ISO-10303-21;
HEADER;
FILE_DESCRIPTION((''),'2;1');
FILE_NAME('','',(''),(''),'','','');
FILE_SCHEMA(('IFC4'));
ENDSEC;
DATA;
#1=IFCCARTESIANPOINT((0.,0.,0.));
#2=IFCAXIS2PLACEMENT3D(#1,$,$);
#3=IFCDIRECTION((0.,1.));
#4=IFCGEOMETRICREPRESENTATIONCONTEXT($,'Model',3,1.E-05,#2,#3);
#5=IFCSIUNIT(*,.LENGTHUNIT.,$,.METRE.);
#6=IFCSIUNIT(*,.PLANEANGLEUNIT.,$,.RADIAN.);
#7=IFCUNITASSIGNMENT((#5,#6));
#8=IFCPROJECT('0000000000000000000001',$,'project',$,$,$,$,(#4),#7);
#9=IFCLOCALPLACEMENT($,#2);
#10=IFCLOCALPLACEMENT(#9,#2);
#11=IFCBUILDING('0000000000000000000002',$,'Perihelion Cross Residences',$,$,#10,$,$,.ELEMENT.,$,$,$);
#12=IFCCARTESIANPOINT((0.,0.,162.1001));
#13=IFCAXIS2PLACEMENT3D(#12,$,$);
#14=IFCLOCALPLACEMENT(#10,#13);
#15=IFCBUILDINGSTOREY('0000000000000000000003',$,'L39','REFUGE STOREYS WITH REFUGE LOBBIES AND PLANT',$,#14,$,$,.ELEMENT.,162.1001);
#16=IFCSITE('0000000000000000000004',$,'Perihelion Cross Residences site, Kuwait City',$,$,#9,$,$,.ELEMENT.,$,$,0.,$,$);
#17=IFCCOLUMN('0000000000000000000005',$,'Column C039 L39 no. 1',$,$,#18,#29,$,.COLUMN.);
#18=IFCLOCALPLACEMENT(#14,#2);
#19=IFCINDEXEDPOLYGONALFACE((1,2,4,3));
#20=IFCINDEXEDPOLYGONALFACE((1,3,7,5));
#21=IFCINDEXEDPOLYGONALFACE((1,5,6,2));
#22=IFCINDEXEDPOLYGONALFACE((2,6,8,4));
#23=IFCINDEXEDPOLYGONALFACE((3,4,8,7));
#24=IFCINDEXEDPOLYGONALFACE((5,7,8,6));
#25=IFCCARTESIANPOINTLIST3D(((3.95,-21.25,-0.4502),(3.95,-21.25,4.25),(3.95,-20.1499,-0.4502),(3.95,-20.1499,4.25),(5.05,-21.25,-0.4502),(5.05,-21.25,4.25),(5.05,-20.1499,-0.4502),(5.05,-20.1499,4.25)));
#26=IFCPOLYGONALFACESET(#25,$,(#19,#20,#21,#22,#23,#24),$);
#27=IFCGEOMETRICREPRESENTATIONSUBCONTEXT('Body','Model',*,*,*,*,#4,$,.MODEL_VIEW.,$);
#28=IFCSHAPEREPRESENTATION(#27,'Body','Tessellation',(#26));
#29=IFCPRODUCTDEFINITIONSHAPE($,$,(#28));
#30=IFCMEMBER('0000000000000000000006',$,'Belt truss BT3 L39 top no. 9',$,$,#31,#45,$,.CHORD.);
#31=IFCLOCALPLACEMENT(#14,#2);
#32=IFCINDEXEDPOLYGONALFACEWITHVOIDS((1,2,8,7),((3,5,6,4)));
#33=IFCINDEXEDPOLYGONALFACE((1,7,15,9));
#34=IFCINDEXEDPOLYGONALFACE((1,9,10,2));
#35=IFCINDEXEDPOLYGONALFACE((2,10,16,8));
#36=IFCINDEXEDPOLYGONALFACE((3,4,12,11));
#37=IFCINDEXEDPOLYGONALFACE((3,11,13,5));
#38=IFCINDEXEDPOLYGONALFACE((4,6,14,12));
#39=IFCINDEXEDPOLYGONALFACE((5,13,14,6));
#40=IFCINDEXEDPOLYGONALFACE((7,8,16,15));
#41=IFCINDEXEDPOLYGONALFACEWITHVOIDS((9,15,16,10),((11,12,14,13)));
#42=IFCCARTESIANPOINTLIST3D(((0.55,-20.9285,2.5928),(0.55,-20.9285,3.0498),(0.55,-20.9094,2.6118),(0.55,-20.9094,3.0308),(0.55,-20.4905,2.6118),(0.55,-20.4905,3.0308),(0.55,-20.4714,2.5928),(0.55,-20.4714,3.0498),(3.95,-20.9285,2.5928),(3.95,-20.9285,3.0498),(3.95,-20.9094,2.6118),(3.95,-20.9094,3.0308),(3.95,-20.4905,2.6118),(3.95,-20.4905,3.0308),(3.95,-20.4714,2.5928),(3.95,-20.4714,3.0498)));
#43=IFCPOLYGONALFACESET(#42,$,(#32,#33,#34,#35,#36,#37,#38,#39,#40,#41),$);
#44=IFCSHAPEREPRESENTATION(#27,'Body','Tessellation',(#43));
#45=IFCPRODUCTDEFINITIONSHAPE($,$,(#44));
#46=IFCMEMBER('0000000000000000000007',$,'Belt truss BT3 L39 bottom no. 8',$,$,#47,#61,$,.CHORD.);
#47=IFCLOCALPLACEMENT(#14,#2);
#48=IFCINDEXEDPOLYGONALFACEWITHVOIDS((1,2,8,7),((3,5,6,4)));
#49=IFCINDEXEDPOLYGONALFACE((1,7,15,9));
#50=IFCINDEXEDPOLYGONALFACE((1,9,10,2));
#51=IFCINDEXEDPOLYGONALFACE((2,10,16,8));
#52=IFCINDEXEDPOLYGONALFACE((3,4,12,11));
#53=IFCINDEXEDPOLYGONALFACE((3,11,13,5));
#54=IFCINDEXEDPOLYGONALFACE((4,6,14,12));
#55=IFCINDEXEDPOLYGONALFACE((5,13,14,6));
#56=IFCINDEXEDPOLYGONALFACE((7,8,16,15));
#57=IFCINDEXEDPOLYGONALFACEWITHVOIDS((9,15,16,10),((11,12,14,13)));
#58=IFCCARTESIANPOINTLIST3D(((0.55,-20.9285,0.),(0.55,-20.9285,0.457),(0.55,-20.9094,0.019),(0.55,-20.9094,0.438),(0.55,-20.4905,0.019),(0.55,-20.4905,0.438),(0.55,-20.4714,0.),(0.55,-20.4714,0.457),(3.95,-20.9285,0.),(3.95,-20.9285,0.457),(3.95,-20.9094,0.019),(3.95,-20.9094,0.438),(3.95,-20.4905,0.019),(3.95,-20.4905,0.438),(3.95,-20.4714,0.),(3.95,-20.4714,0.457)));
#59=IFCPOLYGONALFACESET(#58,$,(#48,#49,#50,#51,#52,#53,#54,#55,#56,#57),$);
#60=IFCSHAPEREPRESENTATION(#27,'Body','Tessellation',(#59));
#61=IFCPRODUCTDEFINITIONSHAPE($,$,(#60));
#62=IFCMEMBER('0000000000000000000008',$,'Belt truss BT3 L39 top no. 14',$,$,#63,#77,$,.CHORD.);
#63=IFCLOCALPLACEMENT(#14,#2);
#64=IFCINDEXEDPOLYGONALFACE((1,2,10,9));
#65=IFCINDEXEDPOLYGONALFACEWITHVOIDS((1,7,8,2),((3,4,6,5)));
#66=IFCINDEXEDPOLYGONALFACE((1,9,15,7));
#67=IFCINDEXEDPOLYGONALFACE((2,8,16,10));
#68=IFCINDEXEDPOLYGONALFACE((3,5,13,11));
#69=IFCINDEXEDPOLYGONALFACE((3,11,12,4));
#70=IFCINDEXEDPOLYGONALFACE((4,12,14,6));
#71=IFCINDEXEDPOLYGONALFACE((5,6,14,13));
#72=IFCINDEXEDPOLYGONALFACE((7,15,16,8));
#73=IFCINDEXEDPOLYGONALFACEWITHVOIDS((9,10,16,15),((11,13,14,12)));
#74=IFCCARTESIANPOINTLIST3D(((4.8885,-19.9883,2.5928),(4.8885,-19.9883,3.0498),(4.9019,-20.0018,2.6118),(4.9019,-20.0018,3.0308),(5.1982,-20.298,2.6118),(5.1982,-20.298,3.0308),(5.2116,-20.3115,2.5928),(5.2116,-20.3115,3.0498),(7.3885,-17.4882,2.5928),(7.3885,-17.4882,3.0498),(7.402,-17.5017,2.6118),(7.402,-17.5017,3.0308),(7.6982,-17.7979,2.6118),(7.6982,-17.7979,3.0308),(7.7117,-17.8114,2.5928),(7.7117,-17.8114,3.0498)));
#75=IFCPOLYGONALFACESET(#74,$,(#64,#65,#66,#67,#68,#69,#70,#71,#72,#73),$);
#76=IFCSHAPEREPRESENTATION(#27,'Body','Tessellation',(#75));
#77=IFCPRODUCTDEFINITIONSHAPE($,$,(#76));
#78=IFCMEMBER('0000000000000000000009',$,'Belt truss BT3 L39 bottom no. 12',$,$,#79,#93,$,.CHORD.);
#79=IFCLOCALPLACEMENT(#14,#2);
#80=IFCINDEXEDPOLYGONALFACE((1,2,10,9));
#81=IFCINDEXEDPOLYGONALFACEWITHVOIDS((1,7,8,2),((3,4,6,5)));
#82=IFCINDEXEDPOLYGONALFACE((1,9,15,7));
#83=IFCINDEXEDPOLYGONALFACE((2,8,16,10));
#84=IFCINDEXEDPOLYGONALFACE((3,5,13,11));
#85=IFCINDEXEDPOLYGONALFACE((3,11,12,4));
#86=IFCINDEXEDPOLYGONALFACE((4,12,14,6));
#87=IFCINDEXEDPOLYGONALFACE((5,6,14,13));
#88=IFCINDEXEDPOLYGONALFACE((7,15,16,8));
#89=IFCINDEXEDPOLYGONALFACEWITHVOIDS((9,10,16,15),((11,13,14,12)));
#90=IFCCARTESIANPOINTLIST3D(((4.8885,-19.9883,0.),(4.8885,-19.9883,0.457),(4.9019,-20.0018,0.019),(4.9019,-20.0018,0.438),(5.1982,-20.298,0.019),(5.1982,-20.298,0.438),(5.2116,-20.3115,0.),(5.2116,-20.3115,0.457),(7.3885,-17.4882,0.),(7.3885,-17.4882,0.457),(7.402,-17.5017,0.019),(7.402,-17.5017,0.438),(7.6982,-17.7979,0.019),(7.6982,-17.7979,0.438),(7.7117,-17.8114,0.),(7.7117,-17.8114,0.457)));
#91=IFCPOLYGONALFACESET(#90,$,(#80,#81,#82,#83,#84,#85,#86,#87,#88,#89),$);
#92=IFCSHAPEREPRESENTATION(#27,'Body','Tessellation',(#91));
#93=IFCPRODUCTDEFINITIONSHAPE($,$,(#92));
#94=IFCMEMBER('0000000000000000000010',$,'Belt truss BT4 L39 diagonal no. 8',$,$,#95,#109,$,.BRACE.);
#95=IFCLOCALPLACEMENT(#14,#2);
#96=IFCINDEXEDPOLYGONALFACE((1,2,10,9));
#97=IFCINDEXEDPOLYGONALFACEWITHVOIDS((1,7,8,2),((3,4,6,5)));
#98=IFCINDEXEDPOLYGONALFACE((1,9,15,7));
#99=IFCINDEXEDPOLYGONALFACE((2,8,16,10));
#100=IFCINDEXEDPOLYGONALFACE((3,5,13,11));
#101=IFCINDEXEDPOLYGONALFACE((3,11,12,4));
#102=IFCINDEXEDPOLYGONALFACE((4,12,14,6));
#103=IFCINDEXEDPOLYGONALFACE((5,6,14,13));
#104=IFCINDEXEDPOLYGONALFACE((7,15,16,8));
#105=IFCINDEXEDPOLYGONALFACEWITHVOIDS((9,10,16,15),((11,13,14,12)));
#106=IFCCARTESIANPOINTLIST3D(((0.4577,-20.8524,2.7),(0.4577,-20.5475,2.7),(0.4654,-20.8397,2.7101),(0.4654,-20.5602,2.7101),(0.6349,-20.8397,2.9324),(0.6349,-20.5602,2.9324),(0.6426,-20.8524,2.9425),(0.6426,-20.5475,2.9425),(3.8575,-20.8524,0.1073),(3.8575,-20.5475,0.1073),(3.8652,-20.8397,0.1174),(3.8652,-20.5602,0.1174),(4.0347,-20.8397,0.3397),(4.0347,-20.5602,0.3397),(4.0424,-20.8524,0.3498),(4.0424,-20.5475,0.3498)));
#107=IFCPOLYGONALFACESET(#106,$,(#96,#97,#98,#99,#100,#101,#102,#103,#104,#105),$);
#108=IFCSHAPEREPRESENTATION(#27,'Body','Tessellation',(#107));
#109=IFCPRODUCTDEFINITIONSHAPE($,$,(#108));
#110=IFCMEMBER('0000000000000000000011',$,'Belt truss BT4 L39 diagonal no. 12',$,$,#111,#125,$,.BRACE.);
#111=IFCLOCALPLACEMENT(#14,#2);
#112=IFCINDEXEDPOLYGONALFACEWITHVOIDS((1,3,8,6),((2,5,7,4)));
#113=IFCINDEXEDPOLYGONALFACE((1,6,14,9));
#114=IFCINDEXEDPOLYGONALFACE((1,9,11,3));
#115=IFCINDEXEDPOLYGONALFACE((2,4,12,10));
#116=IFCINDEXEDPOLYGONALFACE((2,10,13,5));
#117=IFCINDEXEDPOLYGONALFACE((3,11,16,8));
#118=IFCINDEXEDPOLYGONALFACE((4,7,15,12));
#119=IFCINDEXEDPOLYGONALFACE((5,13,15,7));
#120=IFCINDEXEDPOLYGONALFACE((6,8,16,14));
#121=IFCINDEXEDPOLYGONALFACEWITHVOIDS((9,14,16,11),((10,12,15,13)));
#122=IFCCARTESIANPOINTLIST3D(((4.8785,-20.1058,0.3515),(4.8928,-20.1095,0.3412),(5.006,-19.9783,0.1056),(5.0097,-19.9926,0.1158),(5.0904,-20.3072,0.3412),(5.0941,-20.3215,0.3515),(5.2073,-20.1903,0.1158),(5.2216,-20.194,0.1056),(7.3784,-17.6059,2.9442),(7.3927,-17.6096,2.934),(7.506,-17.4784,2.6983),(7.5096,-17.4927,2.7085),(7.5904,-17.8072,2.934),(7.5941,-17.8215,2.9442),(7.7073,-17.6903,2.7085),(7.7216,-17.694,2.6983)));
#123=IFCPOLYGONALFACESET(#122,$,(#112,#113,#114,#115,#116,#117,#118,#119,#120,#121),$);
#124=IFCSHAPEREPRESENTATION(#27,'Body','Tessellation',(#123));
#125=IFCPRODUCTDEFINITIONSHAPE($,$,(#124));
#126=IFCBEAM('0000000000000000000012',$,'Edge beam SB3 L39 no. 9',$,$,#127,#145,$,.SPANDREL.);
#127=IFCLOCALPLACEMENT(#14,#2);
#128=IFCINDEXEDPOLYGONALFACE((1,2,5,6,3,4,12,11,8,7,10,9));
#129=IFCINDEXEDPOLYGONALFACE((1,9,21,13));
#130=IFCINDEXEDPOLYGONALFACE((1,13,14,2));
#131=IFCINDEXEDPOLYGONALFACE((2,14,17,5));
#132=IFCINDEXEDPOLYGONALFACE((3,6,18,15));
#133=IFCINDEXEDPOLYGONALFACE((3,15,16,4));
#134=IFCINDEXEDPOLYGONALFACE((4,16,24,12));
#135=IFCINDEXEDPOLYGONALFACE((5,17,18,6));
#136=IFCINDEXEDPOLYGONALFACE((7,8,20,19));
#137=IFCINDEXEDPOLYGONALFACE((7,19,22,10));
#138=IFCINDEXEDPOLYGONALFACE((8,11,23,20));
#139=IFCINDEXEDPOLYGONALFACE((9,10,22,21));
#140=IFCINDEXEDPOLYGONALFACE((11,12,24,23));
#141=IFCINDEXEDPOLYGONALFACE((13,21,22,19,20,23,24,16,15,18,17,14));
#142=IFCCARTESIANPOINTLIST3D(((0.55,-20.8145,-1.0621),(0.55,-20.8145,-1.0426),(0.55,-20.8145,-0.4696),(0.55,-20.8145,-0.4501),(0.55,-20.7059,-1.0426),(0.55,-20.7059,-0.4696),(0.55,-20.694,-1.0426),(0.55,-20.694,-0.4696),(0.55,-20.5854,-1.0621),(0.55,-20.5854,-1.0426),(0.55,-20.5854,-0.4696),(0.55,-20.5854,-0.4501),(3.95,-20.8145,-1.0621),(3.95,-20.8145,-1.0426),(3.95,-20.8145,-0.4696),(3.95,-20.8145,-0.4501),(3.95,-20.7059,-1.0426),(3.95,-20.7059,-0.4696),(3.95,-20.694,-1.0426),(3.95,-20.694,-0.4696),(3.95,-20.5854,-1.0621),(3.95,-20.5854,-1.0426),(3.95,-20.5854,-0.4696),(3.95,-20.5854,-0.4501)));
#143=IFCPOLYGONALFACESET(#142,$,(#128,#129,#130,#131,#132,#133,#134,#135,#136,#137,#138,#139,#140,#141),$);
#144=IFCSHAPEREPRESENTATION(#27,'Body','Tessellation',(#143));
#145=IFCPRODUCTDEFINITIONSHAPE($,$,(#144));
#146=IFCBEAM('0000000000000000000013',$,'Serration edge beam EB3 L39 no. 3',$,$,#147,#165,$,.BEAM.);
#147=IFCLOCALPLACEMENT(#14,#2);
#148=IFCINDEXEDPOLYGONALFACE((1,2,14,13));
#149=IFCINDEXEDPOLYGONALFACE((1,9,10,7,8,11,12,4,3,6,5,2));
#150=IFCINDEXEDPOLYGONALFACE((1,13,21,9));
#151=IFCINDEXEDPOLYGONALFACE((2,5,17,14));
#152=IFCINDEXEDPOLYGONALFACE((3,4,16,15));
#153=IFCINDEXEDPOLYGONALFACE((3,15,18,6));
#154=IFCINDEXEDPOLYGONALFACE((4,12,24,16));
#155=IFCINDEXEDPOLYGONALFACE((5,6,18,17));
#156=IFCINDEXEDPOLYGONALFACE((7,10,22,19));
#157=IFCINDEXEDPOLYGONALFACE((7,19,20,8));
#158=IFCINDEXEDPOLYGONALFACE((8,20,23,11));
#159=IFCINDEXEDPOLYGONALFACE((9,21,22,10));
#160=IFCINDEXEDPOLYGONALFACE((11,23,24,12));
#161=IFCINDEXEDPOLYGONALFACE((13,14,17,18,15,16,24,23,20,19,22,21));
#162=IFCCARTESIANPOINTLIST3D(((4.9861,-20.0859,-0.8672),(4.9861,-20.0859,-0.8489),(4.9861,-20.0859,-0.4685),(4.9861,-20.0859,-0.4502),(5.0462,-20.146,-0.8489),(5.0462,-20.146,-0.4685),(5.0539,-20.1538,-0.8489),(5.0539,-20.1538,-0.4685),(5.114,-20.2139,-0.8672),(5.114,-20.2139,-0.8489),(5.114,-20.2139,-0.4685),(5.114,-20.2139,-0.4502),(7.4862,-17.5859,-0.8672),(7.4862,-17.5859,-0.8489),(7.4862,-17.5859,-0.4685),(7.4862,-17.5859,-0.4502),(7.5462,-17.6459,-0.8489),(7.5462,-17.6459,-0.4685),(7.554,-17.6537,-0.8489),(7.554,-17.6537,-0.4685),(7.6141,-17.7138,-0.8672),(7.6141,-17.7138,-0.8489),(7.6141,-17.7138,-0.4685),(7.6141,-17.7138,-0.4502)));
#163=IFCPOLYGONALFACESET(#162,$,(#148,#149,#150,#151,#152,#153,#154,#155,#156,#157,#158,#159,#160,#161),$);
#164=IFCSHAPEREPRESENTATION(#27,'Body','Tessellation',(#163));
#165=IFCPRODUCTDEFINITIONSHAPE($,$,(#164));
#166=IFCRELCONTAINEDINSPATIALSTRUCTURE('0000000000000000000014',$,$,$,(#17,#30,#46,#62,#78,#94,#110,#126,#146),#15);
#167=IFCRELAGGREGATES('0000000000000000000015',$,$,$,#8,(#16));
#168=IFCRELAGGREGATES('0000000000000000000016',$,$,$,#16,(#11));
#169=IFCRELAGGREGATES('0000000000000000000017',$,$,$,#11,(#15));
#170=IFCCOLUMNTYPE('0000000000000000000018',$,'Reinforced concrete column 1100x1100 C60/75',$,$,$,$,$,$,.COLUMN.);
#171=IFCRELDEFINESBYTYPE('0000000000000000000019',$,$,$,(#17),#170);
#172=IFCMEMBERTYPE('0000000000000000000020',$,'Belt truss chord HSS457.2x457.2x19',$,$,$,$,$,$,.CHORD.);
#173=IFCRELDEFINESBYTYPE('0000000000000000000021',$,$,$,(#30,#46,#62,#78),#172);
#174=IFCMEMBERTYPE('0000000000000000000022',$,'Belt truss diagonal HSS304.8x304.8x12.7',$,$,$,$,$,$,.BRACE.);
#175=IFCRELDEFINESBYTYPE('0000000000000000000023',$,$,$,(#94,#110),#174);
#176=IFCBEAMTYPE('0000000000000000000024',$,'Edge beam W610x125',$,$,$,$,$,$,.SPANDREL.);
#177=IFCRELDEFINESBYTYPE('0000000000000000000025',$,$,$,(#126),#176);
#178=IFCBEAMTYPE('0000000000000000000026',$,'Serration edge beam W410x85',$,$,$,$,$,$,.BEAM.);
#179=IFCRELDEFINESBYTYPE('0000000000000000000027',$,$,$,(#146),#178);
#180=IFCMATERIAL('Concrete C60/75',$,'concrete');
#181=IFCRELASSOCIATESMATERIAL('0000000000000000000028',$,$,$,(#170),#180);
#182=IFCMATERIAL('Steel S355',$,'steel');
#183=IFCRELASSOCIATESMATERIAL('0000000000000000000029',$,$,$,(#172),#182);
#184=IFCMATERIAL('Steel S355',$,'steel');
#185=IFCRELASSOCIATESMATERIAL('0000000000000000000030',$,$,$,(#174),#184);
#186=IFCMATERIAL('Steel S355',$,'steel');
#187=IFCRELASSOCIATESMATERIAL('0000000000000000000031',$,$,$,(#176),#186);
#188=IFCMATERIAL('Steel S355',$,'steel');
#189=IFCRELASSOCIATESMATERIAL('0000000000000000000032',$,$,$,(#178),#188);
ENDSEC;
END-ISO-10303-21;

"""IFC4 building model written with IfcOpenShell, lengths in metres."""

from ifc_helpers import new_model, si_unit, direction, frame, origin, origin_2d, place, context, subcontext, project, spatial, rectangle, hollow_rectangle, i_section, extrude, material, material_profile, profile_set, type_object, element, save


model = new_model("IFC4")

# Units and contexts
model_context = context("Model", 3, precision=1e-05, world=origin(), true_north=direction((0.0, 1.0)))
body_context = subcontext(model_context, "Body", "Model", "MODEL_VIEW")
ifc_project = project(units=[si_unit("LENGTHUNIT", "METRE"), si_unit("PLANEANGLEUNIT", "RADIAN")], contexts=[model_context])

# Site, building, storey
site_placement = place(None, origin())
site = spatial("IfcSite", under=ifc_project, at=site_placement, Name="Perihelion Cross Residences site, Kuwait City", CompositionType="ELEMENT", RefElevation=0.0)
building_placement = place(site_placement, origin())
building = spatial("IfcBuilding", under=site, at=building_placement, Name="Perihelion Cross Residences", CompositionType="ELEMENT")
storey_placement = place(building_placement, frame((0.0, 0.0, 162.1001)))
storey = spatial("IfcBuildingStorey", under=building, at=storey_placement, Name="L39", Description="REFUGE STOREYS WITH REFUGE LOBBIES AND PLANT", CompositionType="ELEMENT", Elevation=162.1001)

# Column
ifc_material_1 = material(Name="Concrete C60/75", Category="concrete")
ifc_material_profile_1 = material_profile(ifc_material_1, rectangle(XDim=1.1001, YDim=1.1001, at=origin_2d()), Name="RC 1100x1100")
ifc_profile_set_1 = profile_set([ifc_material_profile_1], Name="Concrete C60/75")
column_type = type_object("IfcColumnType", Name="Reinforced concrete column 1100x1100 C60/75", PredefinedType="COLUMN", material=ifc_profile_set_1)
column_placement = place(storey_placement, frame((4.5, -20.7, -0.4502), z_axis=(0.0, 0.0, 1.0), x_axis=(1.0, 0.0, 0.0)))
element("IfcColumn", 1, at=column_placement, inside=storey, type_object=column_type, Name="Column C039 L39 no. 1", PredefinedType="COLUMN", context=body_context, shape_type="SweptSolid", body=[
    extrude(rectangle(XDim=1.1001, YDim=1.1001, at=origin_2d()), origin(), (0.0, 0.0, 1.0), 4.7002),
])

# Members
ifc_material_2 = material(Name="Steel S355", Category="steel")
ifc_material_profile_2 = material_profile(ifc_material_2, hollow_rectangle(XDim=0.457, YDim=0.457, WallThickness=0.019, at=origin_2d()), Name="HSS457.2x457.2x19")
ifc_profile_set_2 = profile_set([ifc_material_profile_2], Name="Steel S355")
member_type_1 = type_object("IfcMemberType", Name="Belt truss chord HSS457.2x457.2x19", PredefinedType="CHORD", material=ifc_profile_set_2)
for number, where, z_axis, x_axis, name in (
    (2, (0.55, -20.7, 2.8213), (1.0, 0.0, 0.0), (0.0, 1.0, 0.0), "Belt truss BT3 L39 top no. 9"),
    (3, (0.55, -20.7, 0.2285), (1.0, 0.0, 0.0), (0.0, 1.0, 0.0), "Belt truss BT3 L39 bottom no. 8"),
):
    element("IfcMember", number, at=place(storey_placement, frame(where, z_axis=z_axis, x_axis=x_axis)), inside=storey, type_object=member_type_1, Name=name, PredefinedType="CHORD", context=body_context, shape_type="SweptSolid", body=[
        extrude(hollow_rectangle(XDim=0.457, YDim=0.457, WallThickness=0.019, at=origin_2d()), origin(), (0.0, 0.0, 1.0), 3.3999),
    ])
for number, where, z_axis, x_axis, name in (
    (4, (5.05, -20.1499, 2.8213), (0.707107, 0.707107, 0.0), (-0.707107, 0.707107, 0.0), "Belt truss BT3 L39 top no. 14"),
    (5, (5.05, -20.1499, 0.2285), (0.707107, 0.707107, 0.0), (-0.707107, 0.707107, 0.0), "Belt truss BT3 L39 bottom no. 12"),
):
    element("IfcMember", number, at=place(storey_placement, frame(where, z_axis=z_axis, x_axis=x_axis)), inside=storey, type_object=member_type_1, Name=name, PredefinedType="CHORD", context=body_context, shape_type="SweptSolid", body=[
        extrude(hollow_rectangle(XDim=0.457, YDim=0.457, WallThickness=0.019, at=origin_2d()), origin(), (0.0, 0.0, 1.0), 3.5356),
    ])
ifc_material_3 = material(Name="Steel S355", Category="steel")
ifc_material_profile_3 = material_profile(ifc_material_3, hollow_rectangle(XDim=0.3049, YDim=0.3049, WallThickness=0.0127, at=origin_2d()), Name="HSS304.8x304.8x12.7")
ifc_profile_set_3 = profile_set([ifc_material_profile_3], Name="Steel S355")
member_type_2 = type_object("IfcMemberType", Name="Belt truss diagonal HSS304.8x304.8x12.7", PredefinedType="BRACE", material=ifc_profile_set_3)
member_1_placement = place(storey_placement, frame((3.95, -20.7, 0.2285), z_axis=(-0.795164, 0.0, 0.606394), x_axis=(0.0, -1.0, 0.0)))
element("IfcMember", 6, at=member_1_placement, inside=storey, type_object=member_type_2, Name="Belt truss BT4 L39 diagonal no. 8", PredefinedType="BRACE", context=body_context, shape_type="SweptSolid", body=[
    extrude(hollow_rectangle(XDim=0.3049, YDim=0.3049, WallThickness=0.0127, at=origin_2d()), origin(), (0.0, 0.0, 1.0), 4.2756),
])
member_2_placement = place(storey_placement, frame((5.05, -20.1499, 0.2285), z_axis=(0.570211, 0.570211, 0.591371), x_axis=(-0.707107, 0.707107, 0.0)))
element("IfcMember", 7, at=member_2_placement, inside=storey, type_object=member_type_2, Name="Belt truss BT4 L39 diagonal no. 12", PredefinedType="BRACE", context=body_context, shape_type="SweptSolid", body=[
    extrude(hollow_rectangle(XDim=0.3049, YDim=0.3049, WallThickness=0.0127, at=origin_2d()), origin(), (0.0, 0.0, 1.0), 4.3843),
])

# Beams
ifc_material_4 = material(Name="Steel S355", Category="steel")
ifc_material_profile_4 = material_profile(ifc_material_4, i_section(OverallWidth=0.229, OverallDepth=0.6121, WebThickness=0.012, FlangeThickness=0.0195, at=origin_2d()), Name="W610x125")
ifc_profile_set_4 = profile_set([ifc_material_profile_4], Name="Steel S355")
beam_type_1 = type_object("IfcBeamType", Name="Edge beam W610x125", PredefinedType="SPANDREL", material=ifc_profile_set_4)
beam_1_placement = place(storey_placement, frame((0.55, -20.7, -0.7561), z_axis=(1.0, 0.0, 0.0), x_axis=(0.0, 1.0, 0.0)))
element("IfcBeam", 8, at=beam_1_placement, inside=storey, type_object=beam_type_1, Name="Edge beam SB3 L39 no. 9", PredefinedType="SPANDREL", context=body_context, shape_type="SweptSolid", body=[
    extrude(i_section(OverallWidth=0.229, OverallDepth=0.6121, WebThickness=0.012, FlangeThickness=0.0195, at=origin_2d()), origin(), (0.0, 0.0, 1.0), 3.3999),
])
ifc_material_5 = material(Name="Steel S355", Category="steel")
ifc_material_profile_5 = material_profile(ifc_material_5, i_section(OverallWidth=0.1809, OverallDepth=0.417, WebThickness=0.011, FlangeThickness=0.0183, at=origin_2d()), Name="W410x85")
ifc_profile_set_5 = profile_set([ifc_material_profile_5], Name="Steel S355")
beam_type_2 = type_object("IfcBeamType", Name="Serration edge beam W410x85", PredefinedType="BEAM", material=ifc_profile_set_5)
beam_2_placement = place(storey_placement, frame((5.05, -20.1499, -0.6587), z_axis=(0.707107, 0.707107, 0.0), x_axis=(-0.707107, 0.707107, 0.0)))
element("IfcBeam", 9, at=beam_2_placement, inside=storey, type_object=beam_type_2, Name="Serration edge beam EB3 L39 no. 3", PredefinedType="BEAM", context=body_context, shape_type="SweptSolid", body=[
    extrude(i_section(OverallWidth=0.1809, OverallDepth=0.417, WebThickness=0.011, FlangeThickness=0.0183, at=origin_2d()), origin(), (0.0, 0.0, 1.0), 3.5356),
])

save(model, "model.ifc")
